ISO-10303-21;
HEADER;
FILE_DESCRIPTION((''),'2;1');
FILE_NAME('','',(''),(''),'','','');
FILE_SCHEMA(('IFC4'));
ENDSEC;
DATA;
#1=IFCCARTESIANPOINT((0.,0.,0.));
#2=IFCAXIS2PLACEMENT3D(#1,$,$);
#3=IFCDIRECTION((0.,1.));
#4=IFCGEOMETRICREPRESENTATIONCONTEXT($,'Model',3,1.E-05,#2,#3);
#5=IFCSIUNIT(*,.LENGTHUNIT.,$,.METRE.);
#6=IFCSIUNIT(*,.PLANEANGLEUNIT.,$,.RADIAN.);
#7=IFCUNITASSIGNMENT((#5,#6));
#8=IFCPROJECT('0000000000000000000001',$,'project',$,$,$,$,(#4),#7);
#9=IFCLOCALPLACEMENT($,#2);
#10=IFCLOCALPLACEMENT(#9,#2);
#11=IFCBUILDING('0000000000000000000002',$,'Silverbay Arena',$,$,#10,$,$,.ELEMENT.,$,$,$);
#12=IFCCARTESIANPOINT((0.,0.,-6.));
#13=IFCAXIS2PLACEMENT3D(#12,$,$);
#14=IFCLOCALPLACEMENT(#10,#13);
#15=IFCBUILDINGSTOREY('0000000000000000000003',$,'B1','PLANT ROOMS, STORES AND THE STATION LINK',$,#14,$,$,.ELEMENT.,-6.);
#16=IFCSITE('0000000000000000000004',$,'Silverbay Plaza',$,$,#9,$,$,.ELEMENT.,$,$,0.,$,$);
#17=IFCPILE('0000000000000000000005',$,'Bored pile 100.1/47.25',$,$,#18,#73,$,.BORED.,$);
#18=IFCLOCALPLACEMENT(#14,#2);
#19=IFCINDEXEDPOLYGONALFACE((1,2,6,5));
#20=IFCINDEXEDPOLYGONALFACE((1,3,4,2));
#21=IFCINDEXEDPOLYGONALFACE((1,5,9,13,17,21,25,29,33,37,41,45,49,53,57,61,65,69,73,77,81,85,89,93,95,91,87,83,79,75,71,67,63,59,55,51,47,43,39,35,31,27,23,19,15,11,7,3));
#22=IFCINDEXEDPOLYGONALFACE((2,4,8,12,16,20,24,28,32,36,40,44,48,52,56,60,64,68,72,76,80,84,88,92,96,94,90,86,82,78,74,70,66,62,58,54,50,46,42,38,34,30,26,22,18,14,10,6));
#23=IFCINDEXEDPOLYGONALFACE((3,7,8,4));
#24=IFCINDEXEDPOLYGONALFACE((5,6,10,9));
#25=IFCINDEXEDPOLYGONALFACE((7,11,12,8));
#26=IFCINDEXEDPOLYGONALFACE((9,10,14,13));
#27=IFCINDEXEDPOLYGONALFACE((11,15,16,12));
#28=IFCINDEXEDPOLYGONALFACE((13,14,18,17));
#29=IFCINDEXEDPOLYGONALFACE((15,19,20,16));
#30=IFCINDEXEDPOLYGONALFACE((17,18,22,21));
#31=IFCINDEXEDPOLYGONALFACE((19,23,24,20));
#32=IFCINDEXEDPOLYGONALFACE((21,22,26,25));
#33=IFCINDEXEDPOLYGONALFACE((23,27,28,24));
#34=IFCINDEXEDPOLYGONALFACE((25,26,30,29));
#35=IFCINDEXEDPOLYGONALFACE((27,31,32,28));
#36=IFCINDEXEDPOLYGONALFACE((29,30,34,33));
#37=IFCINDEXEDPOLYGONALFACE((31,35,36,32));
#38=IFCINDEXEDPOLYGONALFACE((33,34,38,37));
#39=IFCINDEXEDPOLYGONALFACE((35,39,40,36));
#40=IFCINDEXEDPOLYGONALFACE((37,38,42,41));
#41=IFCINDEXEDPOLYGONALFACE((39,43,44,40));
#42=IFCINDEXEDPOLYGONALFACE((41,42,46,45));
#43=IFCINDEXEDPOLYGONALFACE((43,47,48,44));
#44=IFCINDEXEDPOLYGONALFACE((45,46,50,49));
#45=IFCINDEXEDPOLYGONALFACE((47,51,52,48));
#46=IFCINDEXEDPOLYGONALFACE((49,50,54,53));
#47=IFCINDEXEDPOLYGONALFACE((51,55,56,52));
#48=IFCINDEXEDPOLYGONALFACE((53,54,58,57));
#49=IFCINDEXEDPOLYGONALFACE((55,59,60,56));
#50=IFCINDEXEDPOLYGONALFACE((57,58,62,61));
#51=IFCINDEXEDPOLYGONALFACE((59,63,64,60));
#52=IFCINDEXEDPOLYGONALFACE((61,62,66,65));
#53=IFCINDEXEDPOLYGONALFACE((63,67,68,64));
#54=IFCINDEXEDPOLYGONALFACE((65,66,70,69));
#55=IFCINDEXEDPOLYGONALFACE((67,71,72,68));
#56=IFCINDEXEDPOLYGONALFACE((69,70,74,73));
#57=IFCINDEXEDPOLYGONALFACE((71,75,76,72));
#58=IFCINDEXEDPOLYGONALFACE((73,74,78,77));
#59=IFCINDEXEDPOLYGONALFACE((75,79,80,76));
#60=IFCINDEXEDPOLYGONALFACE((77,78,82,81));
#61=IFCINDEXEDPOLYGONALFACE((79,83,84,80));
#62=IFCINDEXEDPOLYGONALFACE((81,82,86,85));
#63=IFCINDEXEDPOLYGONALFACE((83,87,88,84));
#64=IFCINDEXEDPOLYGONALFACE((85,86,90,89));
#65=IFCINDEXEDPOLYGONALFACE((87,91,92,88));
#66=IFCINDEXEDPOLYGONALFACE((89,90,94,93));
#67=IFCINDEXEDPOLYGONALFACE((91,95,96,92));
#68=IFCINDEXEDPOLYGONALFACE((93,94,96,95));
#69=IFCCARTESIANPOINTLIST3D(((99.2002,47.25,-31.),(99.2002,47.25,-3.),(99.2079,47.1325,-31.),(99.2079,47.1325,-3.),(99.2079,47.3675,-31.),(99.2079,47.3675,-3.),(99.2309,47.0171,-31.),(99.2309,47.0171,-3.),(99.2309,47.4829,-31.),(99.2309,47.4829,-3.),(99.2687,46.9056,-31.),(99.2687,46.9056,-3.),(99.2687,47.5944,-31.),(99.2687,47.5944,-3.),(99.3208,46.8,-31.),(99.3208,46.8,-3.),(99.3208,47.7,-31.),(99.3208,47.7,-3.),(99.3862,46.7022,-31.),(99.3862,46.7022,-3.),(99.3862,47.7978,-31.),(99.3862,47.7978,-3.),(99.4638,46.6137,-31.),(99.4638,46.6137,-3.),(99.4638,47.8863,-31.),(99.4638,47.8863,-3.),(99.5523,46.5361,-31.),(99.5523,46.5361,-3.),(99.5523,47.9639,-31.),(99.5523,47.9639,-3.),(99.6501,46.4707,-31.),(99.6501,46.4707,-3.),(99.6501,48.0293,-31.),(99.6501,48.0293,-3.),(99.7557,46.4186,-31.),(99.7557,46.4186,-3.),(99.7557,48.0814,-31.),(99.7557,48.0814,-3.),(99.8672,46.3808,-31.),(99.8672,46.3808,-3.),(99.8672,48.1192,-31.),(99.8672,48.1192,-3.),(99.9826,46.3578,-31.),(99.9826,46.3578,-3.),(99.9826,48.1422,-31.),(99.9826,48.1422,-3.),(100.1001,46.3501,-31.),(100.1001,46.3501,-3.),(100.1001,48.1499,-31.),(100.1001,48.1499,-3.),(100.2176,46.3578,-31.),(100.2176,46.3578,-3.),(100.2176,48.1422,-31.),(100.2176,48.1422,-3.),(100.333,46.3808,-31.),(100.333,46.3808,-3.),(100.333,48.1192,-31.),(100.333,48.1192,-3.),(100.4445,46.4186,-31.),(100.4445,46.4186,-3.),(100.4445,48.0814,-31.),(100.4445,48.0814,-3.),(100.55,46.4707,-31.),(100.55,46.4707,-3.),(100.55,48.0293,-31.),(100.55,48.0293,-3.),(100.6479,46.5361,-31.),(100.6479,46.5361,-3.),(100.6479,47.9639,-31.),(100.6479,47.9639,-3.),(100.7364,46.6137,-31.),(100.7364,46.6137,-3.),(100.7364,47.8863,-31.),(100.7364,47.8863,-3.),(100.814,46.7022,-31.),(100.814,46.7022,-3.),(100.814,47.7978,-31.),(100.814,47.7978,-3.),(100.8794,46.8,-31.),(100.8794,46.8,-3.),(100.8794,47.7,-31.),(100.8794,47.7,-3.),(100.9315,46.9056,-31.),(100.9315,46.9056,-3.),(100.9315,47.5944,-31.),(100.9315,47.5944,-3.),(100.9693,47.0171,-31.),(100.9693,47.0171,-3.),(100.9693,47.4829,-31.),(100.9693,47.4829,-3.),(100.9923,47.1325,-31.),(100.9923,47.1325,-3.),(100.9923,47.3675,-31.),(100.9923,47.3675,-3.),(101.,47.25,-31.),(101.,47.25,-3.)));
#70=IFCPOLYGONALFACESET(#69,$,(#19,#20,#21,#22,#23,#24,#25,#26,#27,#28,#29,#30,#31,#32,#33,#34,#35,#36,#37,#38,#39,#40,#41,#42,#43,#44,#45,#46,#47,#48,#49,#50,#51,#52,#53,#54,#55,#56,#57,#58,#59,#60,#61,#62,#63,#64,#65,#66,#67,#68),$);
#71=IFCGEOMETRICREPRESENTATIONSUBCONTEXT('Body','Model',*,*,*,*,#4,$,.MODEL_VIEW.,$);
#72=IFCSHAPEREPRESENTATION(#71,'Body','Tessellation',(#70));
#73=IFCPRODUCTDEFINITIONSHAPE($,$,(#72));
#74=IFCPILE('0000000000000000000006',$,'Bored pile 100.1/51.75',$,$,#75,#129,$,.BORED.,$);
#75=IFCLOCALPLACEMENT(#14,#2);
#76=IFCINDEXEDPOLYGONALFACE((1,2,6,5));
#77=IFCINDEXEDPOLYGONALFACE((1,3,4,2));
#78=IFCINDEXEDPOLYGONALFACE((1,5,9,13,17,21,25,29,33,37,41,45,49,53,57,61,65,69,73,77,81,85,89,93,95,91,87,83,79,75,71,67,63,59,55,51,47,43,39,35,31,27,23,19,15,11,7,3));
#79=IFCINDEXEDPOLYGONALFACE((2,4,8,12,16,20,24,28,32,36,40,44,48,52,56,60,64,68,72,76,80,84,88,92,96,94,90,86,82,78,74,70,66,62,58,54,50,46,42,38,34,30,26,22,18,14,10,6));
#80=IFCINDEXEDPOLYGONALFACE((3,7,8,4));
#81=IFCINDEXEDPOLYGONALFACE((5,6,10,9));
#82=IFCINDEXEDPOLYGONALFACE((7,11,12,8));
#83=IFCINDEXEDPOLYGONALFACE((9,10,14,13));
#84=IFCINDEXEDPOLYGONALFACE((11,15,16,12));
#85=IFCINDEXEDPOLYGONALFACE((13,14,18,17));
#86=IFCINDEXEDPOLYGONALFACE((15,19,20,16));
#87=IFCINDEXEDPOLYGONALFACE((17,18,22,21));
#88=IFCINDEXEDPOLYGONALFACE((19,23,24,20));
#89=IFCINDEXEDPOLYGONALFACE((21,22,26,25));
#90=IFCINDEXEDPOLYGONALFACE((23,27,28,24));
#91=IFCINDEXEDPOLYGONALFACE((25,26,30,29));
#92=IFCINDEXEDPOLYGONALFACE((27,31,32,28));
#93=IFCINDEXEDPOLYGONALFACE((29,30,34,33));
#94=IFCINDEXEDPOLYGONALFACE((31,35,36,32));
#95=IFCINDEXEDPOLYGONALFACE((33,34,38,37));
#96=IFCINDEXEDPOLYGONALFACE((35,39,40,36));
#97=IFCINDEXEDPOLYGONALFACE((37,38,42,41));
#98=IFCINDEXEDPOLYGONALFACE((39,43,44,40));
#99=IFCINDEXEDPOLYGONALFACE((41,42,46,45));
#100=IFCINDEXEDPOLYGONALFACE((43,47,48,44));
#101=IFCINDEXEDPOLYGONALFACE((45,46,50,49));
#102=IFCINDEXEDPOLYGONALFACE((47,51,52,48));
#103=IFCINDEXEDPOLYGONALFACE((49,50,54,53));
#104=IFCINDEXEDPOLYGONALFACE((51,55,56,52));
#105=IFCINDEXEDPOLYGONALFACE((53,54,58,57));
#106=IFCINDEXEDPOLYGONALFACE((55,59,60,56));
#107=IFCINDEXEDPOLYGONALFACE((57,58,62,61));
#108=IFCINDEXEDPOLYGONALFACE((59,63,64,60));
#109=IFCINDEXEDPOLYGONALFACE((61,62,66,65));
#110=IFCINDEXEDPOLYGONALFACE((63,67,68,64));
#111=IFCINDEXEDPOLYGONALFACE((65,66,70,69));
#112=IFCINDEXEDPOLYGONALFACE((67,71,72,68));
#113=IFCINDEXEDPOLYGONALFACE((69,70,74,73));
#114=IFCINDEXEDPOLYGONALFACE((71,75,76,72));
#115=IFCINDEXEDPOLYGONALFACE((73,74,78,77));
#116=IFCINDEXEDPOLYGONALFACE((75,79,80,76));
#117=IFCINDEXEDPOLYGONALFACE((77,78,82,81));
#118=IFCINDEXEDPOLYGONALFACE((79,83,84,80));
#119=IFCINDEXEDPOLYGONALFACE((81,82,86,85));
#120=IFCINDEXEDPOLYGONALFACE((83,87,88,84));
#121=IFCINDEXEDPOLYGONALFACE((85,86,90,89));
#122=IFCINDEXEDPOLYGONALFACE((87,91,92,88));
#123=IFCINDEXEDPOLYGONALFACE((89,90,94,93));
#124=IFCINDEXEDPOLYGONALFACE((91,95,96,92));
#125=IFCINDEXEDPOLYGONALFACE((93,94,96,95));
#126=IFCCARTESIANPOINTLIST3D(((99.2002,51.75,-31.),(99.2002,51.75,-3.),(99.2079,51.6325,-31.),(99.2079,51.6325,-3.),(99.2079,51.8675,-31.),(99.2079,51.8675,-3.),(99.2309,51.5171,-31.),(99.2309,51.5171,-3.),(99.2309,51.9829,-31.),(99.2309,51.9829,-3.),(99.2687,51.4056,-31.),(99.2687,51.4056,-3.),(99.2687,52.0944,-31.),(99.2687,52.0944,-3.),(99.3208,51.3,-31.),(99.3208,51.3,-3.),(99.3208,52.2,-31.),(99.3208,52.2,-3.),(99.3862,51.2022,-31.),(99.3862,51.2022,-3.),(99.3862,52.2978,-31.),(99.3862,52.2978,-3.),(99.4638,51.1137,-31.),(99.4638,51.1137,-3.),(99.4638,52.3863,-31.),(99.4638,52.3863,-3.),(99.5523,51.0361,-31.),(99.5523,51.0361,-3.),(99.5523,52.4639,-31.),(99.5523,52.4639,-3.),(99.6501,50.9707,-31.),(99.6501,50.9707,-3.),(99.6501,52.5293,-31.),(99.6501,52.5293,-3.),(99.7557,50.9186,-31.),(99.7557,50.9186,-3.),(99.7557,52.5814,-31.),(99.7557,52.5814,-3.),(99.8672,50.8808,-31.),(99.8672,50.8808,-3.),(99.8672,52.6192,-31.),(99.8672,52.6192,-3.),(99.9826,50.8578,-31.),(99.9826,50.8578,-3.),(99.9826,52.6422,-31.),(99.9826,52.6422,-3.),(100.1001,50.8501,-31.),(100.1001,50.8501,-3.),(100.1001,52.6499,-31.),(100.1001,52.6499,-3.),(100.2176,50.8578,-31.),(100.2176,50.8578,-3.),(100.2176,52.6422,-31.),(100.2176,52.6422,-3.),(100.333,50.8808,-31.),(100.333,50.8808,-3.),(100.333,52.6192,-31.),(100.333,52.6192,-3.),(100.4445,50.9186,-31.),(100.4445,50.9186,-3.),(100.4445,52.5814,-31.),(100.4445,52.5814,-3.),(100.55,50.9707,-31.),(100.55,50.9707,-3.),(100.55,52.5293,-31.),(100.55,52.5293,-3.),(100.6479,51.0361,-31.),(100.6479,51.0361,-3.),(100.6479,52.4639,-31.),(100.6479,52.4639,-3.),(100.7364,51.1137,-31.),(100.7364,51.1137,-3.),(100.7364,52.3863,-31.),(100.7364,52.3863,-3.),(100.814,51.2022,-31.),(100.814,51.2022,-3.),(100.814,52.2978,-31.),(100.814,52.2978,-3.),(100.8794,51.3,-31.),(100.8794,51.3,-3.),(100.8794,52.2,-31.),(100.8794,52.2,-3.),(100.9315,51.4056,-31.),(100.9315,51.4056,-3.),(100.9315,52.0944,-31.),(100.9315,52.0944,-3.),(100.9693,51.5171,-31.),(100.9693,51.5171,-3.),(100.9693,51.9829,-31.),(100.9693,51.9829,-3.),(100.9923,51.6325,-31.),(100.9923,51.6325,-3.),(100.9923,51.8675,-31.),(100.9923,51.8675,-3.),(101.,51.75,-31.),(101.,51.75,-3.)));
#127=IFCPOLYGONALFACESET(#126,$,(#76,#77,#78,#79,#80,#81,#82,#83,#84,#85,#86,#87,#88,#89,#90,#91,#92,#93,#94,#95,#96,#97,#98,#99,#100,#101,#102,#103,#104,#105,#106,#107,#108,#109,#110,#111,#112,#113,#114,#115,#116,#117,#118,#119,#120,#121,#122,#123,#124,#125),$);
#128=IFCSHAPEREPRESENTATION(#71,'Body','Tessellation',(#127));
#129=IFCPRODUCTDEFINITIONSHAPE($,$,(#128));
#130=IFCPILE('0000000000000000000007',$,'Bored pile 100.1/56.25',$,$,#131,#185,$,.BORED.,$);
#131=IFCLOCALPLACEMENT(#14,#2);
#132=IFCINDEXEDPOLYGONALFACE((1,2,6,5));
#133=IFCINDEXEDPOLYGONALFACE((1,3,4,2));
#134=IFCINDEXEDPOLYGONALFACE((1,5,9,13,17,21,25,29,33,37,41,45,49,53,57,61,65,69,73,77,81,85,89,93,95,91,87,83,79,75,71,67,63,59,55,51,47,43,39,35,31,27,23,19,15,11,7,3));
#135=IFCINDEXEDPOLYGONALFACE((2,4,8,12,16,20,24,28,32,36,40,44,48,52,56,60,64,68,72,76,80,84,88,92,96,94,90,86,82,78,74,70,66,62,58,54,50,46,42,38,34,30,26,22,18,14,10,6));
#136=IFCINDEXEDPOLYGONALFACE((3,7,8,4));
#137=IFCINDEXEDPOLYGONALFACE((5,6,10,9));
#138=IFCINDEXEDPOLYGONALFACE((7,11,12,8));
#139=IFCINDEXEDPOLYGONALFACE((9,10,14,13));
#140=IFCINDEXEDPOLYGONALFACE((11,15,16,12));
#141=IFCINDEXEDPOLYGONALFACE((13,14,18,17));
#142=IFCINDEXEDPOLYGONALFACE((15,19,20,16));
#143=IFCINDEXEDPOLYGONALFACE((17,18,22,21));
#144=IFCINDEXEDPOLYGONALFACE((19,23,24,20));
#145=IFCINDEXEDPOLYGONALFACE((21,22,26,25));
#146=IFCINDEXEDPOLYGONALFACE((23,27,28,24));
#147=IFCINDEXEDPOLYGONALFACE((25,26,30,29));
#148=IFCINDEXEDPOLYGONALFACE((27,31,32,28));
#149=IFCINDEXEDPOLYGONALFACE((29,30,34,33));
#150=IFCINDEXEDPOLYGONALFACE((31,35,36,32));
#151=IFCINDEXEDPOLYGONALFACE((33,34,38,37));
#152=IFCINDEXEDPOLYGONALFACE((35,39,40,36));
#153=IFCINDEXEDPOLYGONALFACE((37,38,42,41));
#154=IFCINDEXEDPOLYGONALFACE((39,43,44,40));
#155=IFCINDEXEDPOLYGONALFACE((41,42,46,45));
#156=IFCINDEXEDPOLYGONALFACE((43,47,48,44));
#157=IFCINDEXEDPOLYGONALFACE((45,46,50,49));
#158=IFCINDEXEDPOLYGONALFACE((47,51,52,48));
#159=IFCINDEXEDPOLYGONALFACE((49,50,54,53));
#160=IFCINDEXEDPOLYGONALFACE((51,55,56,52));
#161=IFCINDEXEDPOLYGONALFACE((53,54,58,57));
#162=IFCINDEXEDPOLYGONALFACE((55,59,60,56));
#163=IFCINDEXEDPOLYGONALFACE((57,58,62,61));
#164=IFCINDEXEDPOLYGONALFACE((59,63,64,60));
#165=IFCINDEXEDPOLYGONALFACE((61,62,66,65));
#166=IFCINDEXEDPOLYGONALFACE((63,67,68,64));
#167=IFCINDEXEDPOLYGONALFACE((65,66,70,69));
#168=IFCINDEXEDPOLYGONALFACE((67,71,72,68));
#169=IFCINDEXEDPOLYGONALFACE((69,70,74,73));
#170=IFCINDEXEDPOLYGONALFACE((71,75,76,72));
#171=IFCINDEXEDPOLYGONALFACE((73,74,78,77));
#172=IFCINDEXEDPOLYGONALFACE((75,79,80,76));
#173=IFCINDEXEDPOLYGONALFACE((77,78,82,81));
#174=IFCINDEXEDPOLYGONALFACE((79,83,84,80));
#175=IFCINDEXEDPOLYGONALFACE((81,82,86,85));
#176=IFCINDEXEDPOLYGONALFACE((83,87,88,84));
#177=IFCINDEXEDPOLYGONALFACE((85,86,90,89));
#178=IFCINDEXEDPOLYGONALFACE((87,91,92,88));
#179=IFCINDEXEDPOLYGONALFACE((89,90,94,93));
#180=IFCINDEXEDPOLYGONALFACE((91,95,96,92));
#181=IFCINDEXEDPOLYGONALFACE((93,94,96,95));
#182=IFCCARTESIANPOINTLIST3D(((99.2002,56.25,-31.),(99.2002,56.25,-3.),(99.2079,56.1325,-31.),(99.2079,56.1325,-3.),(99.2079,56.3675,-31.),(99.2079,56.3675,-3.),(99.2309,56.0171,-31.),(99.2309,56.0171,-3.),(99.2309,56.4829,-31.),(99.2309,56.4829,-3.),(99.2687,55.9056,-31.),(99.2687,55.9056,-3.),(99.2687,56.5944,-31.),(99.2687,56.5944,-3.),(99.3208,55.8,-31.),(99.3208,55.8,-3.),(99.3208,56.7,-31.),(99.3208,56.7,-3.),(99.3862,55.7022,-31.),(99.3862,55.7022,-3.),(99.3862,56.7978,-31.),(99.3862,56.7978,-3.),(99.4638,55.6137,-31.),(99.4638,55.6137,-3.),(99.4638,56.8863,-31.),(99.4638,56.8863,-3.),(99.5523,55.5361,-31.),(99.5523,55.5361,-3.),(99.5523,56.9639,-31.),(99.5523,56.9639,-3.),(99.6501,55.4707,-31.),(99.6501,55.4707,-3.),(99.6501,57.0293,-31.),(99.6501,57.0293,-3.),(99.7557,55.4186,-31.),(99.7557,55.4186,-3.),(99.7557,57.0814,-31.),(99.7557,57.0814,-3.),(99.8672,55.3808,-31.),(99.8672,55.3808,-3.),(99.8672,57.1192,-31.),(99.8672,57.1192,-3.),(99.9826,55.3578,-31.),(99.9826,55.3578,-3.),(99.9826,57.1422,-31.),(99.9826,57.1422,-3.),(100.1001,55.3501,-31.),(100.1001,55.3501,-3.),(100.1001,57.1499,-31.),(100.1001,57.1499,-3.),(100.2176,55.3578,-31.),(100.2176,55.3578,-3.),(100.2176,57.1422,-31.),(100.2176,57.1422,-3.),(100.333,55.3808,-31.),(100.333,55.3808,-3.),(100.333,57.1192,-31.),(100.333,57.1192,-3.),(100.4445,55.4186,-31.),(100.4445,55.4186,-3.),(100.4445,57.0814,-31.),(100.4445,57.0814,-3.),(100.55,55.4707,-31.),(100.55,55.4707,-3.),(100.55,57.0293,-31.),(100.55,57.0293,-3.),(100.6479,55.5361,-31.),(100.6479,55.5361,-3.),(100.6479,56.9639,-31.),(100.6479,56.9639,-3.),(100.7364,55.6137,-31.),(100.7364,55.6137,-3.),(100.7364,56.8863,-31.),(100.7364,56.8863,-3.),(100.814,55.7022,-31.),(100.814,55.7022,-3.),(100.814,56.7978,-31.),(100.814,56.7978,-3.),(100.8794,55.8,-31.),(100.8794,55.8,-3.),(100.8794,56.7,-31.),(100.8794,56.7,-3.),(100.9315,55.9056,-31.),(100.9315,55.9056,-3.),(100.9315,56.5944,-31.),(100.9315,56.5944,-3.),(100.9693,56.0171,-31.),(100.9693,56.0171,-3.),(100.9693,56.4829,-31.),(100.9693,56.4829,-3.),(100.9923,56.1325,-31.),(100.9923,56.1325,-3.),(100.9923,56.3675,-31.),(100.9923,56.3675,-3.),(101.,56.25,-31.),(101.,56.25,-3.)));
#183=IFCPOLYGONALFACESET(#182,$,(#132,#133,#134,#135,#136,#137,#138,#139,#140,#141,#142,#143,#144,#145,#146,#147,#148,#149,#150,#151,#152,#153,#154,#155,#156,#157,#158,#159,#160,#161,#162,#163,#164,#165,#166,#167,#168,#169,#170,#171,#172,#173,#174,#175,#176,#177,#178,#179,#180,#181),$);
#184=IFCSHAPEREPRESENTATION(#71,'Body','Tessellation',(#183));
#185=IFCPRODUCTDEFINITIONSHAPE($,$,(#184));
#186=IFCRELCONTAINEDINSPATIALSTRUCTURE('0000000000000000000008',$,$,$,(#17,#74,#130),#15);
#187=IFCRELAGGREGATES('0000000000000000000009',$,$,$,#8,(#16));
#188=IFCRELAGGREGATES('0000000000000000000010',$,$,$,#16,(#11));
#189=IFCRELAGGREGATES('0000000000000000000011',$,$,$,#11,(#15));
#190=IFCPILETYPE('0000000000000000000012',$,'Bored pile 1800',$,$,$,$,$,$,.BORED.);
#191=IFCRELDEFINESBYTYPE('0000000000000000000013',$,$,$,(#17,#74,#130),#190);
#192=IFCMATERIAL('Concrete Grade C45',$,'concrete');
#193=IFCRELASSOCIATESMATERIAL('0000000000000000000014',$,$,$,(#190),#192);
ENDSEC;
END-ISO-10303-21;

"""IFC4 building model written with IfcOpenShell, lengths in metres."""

from ifc_helpers import new_model, si_unit, direction, frame, origin, origin_2d, place, context, subcontext, project, spatial, circle, extrude, material, material_profile, profile_set, type_object, element, save


model = new_model("IFC4")

# Units and contexts
model_context = context("Model", 3, precision=1e-05, world=origin(), true_north=direction((0.0, 1.0)))
body_context = subcontext(model_context, "Body", "Model", "MODEL_VIEW")
ifc_project = project(units=[si_unit("LENGTHUNIT", "METRE"), si_unit("PLANEANGLEUNIT", "RADIAN")], contexts=[model_context])

# Site, building, storey
site_placement = place(None, origin())
site = spatial("IfcSite", under=ifc_project, at=site_placement, Name="Silverbay Plaza", CompositionType="ELEMENT", RefElevation=0.0)
building_placement = place(site_placement, origin())
building = spatial("IfcBuilding", under=site, at=building_placement, Name="Silverbay Arena", CompositionType="ELEMENT")
storey_placement = place(building_placement, frame((0.0, 0.0, -6.0)))
storey = spatial("IfcBuildingStorey", under=building, at=storey_placement, Name="B1", Description="PLANT ROOMS, STORES AND THE STATION LINK", CompositionType="ELEMENT", Elevation=-6.0)

# Piles
ifc_material_1 = material(Name="Concrete Grade C45", Category="concrete")
ifc_material_profile_1 = material_profile(ifc_material_1, circle(Radius=0.8999, at=origin_2d()), Name="Bored pile 1800")
ifc_profile_set_1 = profile_set([ifc_material_profile_1], Name="Concrete Grade C45")
pile_type_1 = type_object("IfcPileType", Name="Bored pile 1800", PredefinedType="BORED", material=ifc_profile_set_1)
for number, where, z_axis, x_axis, name in (
    (1, (100.1001, 47.25, -3.0), (0.0, 0.0, -1.0), (1.0, 0.0, 0.0), "Bored pile 100.1/47.25"),
    (2, (100.1001, 51.75, -3.0), (0.0, 0.0, -1.0), (1.0, 0.0, 0.0), "Bored pile 100.1/51.75"),
    (3, (100.1001, 56.25, -3.0), (0.0, 0.0, -1.0), (1.0, 0.0, 0.0), "Bored pile 100.1/56.25"),
):
    element("IfcPile", number, at=place(storey_placement, frame(where, z_axis=z_axis, x_axis=x_axis)), inside=storey, type_object=pile_type_1, Name=name, PredefinedType="BORED", context=body_context, shape_type="SweptSolid", body=[
        extrude(circle(Radius=0.8999, at=origin_2d()), origin(), (0.0, 0.0, 1.0), 28.0),
    ])

save(model, "model.ifc")
